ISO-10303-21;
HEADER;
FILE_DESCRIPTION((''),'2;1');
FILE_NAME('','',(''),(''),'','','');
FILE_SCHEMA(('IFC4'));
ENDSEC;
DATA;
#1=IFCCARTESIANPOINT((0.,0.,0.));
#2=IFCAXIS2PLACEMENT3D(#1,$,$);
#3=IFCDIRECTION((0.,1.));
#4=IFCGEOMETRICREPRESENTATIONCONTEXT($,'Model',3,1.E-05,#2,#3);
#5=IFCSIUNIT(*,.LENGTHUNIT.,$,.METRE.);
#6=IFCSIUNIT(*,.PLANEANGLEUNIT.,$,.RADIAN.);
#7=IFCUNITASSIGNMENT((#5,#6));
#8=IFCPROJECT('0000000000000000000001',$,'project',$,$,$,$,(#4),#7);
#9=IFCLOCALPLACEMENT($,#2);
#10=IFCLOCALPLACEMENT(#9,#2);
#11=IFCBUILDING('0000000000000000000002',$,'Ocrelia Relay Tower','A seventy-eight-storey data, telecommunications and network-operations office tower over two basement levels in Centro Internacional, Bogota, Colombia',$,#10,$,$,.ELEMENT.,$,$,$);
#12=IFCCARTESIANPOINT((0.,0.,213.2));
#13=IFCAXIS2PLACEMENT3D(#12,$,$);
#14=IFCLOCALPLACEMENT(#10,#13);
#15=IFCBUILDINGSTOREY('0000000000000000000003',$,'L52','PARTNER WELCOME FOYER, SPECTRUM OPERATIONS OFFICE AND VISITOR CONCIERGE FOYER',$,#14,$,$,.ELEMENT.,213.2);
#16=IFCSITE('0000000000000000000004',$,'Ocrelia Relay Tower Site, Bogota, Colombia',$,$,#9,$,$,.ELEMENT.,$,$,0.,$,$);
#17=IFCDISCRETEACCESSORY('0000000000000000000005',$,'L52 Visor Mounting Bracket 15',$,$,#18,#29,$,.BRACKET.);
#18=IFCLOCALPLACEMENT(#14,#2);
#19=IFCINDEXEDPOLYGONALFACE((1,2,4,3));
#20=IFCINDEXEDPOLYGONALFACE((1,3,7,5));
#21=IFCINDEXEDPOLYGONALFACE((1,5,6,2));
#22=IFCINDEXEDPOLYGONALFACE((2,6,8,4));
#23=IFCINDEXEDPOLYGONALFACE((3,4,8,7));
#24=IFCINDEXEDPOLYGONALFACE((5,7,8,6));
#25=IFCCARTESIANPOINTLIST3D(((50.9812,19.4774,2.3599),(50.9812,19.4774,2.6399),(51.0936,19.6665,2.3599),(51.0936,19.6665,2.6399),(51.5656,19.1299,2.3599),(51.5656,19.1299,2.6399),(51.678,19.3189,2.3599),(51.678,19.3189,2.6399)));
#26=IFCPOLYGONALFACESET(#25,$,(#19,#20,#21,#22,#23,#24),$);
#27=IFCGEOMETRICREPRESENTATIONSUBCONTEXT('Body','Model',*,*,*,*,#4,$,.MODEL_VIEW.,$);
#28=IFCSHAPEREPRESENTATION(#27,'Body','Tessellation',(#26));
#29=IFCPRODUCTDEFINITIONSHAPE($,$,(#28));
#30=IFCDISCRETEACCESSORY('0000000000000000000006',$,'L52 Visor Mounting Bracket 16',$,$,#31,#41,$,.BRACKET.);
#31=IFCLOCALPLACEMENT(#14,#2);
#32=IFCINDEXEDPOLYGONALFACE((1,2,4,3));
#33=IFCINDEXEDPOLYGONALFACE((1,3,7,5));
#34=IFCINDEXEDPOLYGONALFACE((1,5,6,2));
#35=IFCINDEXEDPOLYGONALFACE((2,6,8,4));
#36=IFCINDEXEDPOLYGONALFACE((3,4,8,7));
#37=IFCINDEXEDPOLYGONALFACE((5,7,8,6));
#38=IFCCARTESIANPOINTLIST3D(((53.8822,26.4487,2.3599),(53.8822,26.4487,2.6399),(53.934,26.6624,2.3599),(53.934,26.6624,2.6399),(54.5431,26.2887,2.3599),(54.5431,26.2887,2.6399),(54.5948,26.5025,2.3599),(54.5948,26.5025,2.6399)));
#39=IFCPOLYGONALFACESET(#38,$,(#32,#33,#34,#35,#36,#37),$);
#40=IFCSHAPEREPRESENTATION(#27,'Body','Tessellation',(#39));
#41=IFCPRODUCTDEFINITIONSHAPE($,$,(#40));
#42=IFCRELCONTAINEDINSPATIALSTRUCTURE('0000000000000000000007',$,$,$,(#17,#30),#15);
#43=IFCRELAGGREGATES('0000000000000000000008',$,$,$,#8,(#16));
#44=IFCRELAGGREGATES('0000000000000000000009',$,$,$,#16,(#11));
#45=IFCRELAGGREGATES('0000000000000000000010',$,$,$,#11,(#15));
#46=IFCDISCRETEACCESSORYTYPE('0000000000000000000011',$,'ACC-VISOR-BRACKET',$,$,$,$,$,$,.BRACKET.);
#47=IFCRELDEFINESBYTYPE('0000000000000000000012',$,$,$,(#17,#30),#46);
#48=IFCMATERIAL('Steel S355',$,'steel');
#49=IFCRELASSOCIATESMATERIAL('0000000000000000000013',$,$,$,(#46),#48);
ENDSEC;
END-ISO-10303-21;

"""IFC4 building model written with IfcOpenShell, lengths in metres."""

from ifc_helpers import new_model, si_unit, direction, frame, origin, origin_2d, place, context, subcontext, project, spatial, rectangle, extrude, material, type_object, element, save


model = new_model("IFC4")

# Units and contexts
model_context = context("Model", 3, precision=1e-05, world=origin(), true_north=direction((0.0, 1.0)))
body_context = subcontext(model_context, "Body", "Model", "MODEL_VIEW")
ifc_project = project(units=[si_unit("LENGTHUNIT", "METRE"), si_unit("PLANEANGLEUNIT", "RADIAN")], contexts=[model_context])

# Site, building, storey
site_placement = place(None, origin())
site = spatial("IfcSite", under=ifc_project, at=site_placement, Name="Ocrelia Relay Tower Site, Bogota, Colombia", CompositionType="ELEMENT", RefElevation=0.0)
building_placement = place(site_placement, origin())
building = spatial("IfcBuilding", under=site, at=building_placement, Name="Ocrelia Relay Tower", Description="A seventy-eight-storey data, telecommunications and network-operations office tower over two basement levels in Centro Internacional, Bogota, Colombia", CompositionType="ELEMENT")
storey_placement = place(building_placement, frame((0.0, 0.0, 213.2)))
storey = spatial("IfcBuildingStorey", under=building, at=storey_placement, Name="L52", Description="PARTNER WELCOME FOYER, SPECTRUM OPERATIONS OFFICE AND VISITOR CONCIERGE FOYER", CompositionType="ELEMENT", Elevation=213.2)

# Shared definitions
ifc_material_1 = material(Name="Steel S355", Category="steel")

# Discrete accessories
discrete_accessory_type = type_object("IfcDiscreteAccessoryType", Name="ACC-VISOR-BRACKET", PredefinedType="BRACKET", material=ifc_material_1)
for number, where, z_axis, x_axis, name in (
    (1, (51.3296, 19.3982, 2.3599), (0.0, 0.0, 1.0), (0.511169, 0.85948, 0.0), "L52 Visor Mounting Bracket 15"),
    (2, (54.2385, 26.4756, 2.3599), (0.0, 0.0, 1.0), (0.235213, 0.971944, 0.0), "L52 Visor Mounting Bracket 16"),
):
    element("IfcDiscreteAccessory", number, at=place(storey_placement, frame(where, z_axis=z_axis, x_axis=x_axis)), inside=storey, type_object=discrete_accessory_type, Name=name, PredefinedType="BRACKET", context=body_context, shape_type="SweptSolid", body=[
        extrude(rectangle(XDim=0.22, YDim=0.6799, at=origin_2d()), origin(), (0.0, 0.0, 1.0), 0.28),
    ])

save(model, "model.ifc")
